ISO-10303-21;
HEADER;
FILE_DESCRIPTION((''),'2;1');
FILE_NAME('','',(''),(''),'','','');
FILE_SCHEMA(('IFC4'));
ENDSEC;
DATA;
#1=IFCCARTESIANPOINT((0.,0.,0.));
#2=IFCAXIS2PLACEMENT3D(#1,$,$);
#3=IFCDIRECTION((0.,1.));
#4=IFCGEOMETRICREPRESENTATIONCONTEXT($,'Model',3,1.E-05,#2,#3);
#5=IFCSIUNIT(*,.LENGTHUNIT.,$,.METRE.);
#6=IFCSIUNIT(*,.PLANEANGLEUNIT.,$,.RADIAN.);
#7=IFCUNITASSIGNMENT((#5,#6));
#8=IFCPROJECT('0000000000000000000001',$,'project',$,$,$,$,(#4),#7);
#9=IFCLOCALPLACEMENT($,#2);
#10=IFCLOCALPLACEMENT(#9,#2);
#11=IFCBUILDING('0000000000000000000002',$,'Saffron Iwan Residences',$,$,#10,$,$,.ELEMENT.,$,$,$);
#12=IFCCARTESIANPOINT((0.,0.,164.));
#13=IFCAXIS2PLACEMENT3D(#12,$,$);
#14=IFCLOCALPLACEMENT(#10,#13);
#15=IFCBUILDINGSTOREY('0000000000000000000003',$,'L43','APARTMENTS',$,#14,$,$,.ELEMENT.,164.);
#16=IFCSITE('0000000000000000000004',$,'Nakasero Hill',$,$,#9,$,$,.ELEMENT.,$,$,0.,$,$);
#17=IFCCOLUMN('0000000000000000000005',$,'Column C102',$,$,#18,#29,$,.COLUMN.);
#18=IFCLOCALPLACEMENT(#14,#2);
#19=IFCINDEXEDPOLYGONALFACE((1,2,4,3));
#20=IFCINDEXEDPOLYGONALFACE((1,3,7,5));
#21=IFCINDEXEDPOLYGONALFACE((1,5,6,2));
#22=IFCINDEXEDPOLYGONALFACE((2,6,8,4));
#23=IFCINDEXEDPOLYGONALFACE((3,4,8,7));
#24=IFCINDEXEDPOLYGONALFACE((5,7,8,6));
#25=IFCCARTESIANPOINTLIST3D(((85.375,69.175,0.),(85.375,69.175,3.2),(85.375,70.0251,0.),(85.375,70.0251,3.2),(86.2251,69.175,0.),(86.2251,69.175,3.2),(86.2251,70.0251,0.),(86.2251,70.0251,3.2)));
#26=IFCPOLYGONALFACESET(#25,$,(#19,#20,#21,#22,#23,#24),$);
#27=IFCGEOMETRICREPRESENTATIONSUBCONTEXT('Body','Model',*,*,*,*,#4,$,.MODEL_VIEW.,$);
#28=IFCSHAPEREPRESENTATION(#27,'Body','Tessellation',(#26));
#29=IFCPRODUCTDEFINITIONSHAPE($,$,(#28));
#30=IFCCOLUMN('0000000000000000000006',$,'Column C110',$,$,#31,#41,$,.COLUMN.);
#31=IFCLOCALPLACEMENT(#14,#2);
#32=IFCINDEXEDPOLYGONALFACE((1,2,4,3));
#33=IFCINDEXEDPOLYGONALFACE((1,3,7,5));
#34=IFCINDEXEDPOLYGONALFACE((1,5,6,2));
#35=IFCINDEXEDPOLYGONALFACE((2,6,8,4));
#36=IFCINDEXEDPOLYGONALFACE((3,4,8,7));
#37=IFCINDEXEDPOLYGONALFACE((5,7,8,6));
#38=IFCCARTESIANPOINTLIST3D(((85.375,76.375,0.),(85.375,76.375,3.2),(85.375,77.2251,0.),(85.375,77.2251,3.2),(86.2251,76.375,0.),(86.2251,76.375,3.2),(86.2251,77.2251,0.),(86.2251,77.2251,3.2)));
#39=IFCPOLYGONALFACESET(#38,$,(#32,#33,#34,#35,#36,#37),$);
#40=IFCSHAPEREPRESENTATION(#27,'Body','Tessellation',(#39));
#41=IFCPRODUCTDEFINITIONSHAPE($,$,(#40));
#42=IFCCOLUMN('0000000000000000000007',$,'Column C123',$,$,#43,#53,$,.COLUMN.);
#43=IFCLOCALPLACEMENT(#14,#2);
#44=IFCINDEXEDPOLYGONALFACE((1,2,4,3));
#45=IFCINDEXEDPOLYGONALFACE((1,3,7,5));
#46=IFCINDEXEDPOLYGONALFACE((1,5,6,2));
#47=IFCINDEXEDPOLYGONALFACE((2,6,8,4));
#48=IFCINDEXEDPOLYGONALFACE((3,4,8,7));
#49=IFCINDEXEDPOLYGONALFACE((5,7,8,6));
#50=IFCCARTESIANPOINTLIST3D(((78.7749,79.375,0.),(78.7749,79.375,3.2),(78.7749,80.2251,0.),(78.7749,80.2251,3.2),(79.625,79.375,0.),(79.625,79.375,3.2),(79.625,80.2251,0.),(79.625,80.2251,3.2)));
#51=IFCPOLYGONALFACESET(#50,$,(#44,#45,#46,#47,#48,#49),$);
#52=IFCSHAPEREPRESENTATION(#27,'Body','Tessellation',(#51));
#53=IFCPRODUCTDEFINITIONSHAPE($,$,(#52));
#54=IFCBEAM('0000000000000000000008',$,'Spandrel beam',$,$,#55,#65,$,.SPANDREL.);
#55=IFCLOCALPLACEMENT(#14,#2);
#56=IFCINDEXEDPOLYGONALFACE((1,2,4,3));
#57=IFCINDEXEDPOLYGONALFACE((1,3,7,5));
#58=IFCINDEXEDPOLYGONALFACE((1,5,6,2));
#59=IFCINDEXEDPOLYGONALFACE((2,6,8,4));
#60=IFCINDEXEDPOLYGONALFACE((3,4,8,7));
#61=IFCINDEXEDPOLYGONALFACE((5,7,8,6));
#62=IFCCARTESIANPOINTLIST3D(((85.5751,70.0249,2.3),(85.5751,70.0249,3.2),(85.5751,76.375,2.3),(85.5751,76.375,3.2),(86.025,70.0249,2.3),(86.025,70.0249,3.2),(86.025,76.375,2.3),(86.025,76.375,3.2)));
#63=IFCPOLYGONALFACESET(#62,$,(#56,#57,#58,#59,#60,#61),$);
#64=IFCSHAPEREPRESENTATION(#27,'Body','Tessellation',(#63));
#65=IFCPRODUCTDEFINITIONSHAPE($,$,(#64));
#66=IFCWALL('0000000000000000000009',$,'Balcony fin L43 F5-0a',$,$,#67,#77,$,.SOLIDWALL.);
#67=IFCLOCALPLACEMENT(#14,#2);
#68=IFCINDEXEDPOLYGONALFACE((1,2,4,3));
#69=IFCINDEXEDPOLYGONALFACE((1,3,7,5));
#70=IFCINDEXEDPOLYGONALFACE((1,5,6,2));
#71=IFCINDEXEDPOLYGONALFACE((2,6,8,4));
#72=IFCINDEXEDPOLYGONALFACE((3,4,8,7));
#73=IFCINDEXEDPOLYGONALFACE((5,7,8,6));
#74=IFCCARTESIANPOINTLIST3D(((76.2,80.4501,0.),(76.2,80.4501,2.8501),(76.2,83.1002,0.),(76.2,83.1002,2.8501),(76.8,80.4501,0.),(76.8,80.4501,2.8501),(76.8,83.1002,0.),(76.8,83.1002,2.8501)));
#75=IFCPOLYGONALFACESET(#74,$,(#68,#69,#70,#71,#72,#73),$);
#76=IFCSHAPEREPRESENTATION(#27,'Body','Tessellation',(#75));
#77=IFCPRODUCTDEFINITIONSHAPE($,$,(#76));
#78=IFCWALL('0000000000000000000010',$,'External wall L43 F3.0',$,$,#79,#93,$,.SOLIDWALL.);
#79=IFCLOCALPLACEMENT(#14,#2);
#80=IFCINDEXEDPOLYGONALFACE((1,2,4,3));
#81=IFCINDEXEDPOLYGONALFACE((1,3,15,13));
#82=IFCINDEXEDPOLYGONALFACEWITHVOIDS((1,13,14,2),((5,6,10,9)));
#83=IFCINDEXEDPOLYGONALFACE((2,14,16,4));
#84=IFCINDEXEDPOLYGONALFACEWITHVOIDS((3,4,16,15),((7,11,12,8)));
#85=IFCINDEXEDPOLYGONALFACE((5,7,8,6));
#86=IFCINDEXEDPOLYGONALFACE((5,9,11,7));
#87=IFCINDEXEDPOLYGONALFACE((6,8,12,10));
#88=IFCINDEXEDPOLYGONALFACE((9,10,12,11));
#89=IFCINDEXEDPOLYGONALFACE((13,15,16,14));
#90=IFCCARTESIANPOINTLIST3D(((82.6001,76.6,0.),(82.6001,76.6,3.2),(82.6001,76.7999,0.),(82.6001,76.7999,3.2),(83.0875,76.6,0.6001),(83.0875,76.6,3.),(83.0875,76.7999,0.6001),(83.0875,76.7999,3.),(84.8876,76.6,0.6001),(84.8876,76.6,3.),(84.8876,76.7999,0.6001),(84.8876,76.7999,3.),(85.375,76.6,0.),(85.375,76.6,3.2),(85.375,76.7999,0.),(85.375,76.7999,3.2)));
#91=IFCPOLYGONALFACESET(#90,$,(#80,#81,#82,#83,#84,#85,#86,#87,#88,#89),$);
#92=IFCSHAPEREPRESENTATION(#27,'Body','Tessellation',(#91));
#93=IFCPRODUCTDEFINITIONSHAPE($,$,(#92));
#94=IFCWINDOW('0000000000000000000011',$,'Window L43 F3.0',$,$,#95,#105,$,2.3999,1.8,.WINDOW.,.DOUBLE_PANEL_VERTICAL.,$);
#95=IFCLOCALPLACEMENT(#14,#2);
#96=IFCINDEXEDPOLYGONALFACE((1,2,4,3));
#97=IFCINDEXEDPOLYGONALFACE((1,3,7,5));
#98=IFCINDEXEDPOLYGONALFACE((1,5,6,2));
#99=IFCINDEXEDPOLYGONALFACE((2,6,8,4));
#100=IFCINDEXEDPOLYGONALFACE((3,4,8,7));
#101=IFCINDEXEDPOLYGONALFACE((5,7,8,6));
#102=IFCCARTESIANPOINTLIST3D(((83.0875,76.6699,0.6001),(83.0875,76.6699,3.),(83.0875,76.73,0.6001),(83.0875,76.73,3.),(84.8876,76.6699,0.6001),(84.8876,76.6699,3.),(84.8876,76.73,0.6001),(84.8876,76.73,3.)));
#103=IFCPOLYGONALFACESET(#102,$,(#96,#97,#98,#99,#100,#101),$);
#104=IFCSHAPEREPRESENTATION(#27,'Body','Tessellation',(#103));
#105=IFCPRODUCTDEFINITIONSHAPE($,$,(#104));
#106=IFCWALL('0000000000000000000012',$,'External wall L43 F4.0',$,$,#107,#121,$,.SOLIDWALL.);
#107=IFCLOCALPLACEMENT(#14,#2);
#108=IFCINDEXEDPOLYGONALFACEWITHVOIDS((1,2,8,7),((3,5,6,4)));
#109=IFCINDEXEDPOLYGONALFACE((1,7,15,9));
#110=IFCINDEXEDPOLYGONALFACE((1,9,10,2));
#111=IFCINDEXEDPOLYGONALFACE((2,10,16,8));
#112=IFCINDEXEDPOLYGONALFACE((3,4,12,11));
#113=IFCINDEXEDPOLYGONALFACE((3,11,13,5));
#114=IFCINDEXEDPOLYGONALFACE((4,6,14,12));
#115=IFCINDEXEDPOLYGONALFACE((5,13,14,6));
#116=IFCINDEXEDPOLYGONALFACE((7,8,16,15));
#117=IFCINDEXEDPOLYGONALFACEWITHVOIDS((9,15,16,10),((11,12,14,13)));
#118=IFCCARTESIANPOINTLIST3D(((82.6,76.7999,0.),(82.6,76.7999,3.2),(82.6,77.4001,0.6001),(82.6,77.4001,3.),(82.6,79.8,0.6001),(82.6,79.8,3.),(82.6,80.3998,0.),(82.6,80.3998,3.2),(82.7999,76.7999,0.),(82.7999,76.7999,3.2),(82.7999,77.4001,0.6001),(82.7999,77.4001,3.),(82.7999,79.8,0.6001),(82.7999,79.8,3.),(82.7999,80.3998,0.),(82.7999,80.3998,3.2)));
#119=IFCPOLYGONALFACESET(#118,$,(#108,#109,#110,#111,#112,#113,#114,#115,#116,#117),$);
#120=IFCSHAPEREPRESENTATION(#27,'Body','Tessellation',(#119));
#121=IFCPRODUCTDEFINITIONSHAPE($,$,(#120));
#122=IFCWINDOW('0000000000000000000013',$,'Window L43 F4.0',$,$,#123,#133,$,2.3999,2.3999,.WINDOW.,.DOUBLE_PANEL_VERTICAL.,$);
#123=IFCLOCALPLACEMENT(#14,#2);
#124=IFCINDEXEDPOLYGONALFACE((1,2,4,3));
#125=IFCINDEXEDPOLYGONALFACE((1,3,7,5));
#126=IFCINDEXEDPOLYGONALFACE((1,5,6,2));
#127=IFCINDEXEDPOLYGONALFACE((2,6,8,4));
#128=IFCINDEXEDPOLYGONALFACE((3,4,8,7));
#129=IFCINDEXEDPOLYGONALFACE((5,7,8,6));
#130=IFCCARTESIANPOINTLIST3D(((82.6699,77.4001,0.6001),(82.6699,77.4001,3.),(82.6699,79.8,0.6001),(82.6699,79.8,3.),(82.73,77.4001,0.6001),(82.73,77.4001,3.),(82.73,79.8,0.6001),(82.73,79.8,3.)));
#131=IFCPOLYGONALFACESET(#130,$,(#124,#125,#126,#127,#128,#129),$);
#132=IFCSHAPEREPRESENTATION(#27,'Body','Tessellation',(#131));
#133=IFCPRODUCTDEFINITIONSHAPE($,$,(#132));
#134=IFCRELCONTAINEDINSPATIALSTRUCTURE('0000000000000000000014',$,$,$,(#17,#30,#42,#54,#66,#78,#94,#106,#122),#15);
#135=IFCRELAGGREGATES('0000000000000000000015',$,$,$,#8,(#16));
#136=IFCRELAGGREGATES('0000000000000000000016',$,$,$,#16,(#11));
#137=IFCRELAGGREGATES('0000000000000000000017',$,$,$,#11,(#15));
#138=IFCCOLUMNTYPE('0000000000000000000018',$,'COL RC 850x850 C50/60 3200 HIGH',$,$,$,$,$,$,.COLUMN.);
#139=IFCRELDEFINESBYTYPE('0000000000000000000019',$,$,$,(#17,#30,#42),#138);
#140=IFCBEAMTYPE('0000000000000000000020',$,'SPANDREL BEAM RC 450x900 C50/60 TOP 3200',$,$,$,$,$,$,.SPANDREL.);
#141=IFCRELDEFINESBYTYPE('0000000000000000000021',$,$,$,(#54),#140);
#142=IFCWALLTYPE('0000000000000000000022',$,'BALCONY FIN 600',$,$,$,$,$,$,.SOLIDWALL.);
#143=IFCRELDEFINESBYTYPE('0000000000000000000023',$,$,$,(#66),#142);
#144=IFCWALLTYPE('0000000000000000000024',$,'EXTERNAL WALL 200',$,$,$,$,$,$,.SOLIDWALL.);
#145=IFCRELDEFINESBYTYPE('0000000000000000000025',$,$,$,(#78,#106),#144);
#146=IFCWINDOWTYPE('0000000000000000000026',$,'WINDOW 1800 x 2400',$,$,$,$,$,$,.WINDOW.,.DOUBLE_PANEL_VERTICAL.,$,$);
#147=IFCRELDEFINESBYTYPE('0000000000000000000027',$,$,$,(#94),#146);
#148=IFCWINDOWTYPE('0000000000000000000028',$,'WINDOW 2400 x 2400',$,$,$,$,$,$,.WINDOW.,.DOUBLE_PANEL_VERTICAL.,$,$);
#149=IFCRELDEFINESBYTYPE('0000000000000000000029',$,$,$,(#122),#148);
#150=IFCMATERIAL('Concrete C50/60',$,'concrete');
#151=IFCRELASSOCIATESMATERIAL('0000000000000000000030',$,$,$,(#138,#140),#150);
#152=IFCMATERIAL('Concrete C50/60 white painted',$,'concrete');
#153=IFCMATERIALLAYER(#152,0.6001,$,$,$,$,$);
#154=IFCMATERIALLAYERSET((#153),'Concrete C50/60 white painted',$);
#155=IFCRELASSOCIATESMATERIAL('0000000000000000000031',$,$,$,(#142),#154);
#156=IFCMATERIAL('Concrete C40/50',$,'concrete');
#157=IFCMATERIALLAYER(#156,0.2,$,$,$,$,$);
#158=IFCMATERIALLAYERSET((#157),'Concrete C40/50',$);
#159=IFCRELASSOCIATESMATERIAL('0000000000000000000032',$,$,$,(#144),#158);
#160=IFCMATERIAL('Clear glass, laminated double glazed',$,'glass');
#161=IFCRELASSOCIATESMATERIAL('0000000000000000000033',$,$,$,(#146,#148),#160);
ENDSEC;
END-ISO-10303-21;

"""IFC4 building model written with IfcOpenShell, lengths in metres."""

from ifc_helpers import new_model, si_unit, direction, frame, frame_2d, origin, origin_2d, place, context, subcontext, project, spatial, rectangle, extrude, source, transform, mapped, material, layer, layer_set, material_profile, profile_set, type_object, element, fill, save


model = new_model("IFC4")

# Units and contexts
model_context = context("Model", 3, precision=1e-05, world=origin(), true_north=direction((0.0, 1.0)))
body_context = subcontext(model_context, "Body", "Model", "MODEL_VIEW")
ifc_project = project(units=[si_unit("LENGTHUNIT", "METRE"), si_unit("PLANEANGLEUNIT", "RADIAN")], contexts=[model_context])

# Site, building, storey
site_placement = place(None, origin())
site = spatial("IfcSite", under=ifc_project, at=site_placement, Name="Nakasero Hill", CompositionType="ELEMENT", RefElevation=0.0)
building_placement = place(site_placement, origin())
building = spatial("IfcBuilding", under=site, at=building_placement, Name="Saffron Iwan Residences", CompositionType="ELEMENT")
storey_placement = place(building_placement, frame((0.0, 0.0, 164.0)))
storey = spatial("IfcBuildingStorey", under=building, at=storey_placement, Name="L43", Description="APARTMENTS", CompositionType="ELEMENT", Elevation=164.0)

# Columns
ifc_material_1 = material(Name="Concrete C50/60", Category="concrete")
ifc_material_profile_1 = material_profile(ifc_material_1, rectangle(XDim=0.8501, YDim=0.8501, at=origin_2d()), Name="RC 850x850")
ifc_profile_set_1 = profile_set([ifc_material_profile_1], Name="Concrete C50/60")
column_type = type_object("IfcColumnType", Name="COL RC 850x850 C50/60 3200 HIGH", PredefinedType="COLUMN", material=ifc_profile_set_1)
shared_shape_1 = source(origin(), body_context, "Body", "SweptSolid", [
    extrude(rectangle(XDim=0.8501, YDim=0.8501, at=origin_2d()), origin(), (0.0, 0.0, 1.0), 3.2),
])
for number, where, z_axis, x_axis, name in (
    (1, (85.8, 69.6001, 0.0), (0.0, 0.0, 1.0), (1.0, 0.0, 0.0), "Column C102"),
    (2, (85.8, 76.8, 0.0), (0.0, 0.0, 1.0), (1.0, 0.0, 0.0), "Column C110"),
    (3, (79.2, 79.8, 0.0), (0.0, 0.0, 1.0), (1.0, 0.0, 0.0), "Column C123"),
):
    element("IfcColumn", number, at=place(storey_placement, frame(where, z_axis=z_axis, x_axis=x_axis)), inside=storey, type_object=column_type, Name=name, PredefinedType="COLUMN", context=body_context, shape_type="MappedRepresentation", body=[
        mapped(shared_shape_1, transform((0.0, 0.0, 0.0))),
    ])

# Beam
ifc_material_profile_2 = material_profile(ifc_material_1, rectangle(XDim=0.45, YDim=0.8999, at=origin_2d()), Name="RC 450x900")
ifc_profile_set_2 = profile_set([ifc_material_profile_2], Name="Concrete C50/60")
beam_type = type_object("IfcBeamType", Name="SPANDREL BEAM RC 450x900 C50/60 TOP 3200", PredefinedType="SPANDREL", material=ifc_profile_set_2)
shared_shape_2 = source(origin(), body_context, "Body", "SweptSolid", [
    extrude(rectangle(XDim=0.45, YDim=0.8999, at=origin_2d()), origin(), (0.0, 0.0, 1.0), 6.3501),
])
beam_placement = place(storey_placement, frame((85.8, 76.375, 2.75), z_axis=(0.0, -1.0, 0.0), x_axis=(1.0, 0.0, 0.0)))
element("IfcBeam", 4, at=beam_placement, inside=storey, type_object=beam_type, Name="Spandrel beam", PredefinedType="SPANDREL", context=body_context, shape_type="MappedRepresentation", body=[
    mapped(shared_shape_2, transform((0.0, 0.0, 0.0))),
])

# Wall
ifc_material_2 = material(Name="Concrete C50/60 white painted", Category="concrete")
ifc_layer_1 = layer(ifc_material_2, 0.6001)
ifc_layer_set_1 = layer_set([ifc_layer_1], Name="Concrete C50/60 white painted")
wall_type_1 = type_object("IfcWallType", Name="BALCONY FIN 600", PredefinedType="SOLIDWALL", material=ifc_layer_set_1)
wall_1_placement = place(storey_placement, frame((76.5, 80.45, 0.0), z_axis=(0.0, 0.0, 1.0), x_axis=(0.0, 1.0, 0.0)))
element("IfcWall", 5, at=wall_1_placement, inside=storey, type_object=wall_type_1, Name="Balcony fin L43 F5-0a", PredefinedType="SOLIDWALL", context=body_context, shape_type="SweptSolid", body=[
    extrude(rectangle(XDim=2.6501, YDim=0.6001, at=frame_2d((1.3252, 0.0))), origin(), (0.0, 0.0, 1.0), 2.8501),
])

# Walls, openings, windows
ifc_material_3 = material(Name="Concrete C40/50", Category="concrete")
ifc_layer_2 = layer(ifc_material_3, 0.2)
ifc_layer_set_2 = layer_set([ifc_layer_2], Name="Concrete C40/50")
wall_type_2 = type_object("IfcWallType", Name="EXTERNAL WALL 200", PredefinedType="SOLIDWALL", material=ifc_layer_set_2)
wall_2_placement = place(storey_placement, frame((85.375, 76.7, 0.0), z_axis=(0.0, 0.0, 1.0), x_axis=(-1.0, 0.0, 0.0)))
wall_2 = element("IfcWall", 6, at=wall_2_placement, inside=storey, type_object=wall_type_2, Name="External wall L43 F3.0", PredefinedType="SOLIDWALL", context=body_context, shape_type="SweptSolid", body=[
    extrude(rectangle(XDim=2.7749, YDim=0.2, at=frame_2d((1.3875, 0.0))), origin(), (0.0, 0.0, 1.0), 3.2),
])
opening_1_placement = place(wall_2_placement, frame((0.4875, 0.0, 0.6001)))
opening_1 = element("IfcOpeningElement", 7, at=opening_1_placement, cuts=wall_2, PredefinedType="OPENING", context=body_context, shape_type="SweptSolid", body=[
    extrude(rectangle(XDim=1.8, YDim=2.3999, at=frame_2d((0.8999, 1.2))), frame((0.0, 0.1099, 0.0), z_axis=(0.0, -1.0, 0.0), x_axis=(1.0, 0.0, 0.0)), (0.0, 0.0, 1.0), 0.22),
])
ifc_material_4 = material(Name="Clear glass, laminated double glazed", Category="glass")
window_type_1 = type_object("IfcWindowType", Name="WINDOW 1800 x 2400", PartitioningType="DOUBLE_PANEL_VERTICAL", PredefinedType="WINDOW", material=ifc_material_4)
window_1_placement = place(opening_1_placement, origin())
window_1 = element("IfcWindow", 8, at=window_1_placement, inside=storey, type_object=window_type_1, Name="Window L43 F3.0", OverallHeight=2.3999, OverallWidth=1.8, PartitioningType="DOUBLE_PANEL_VERTICAL", PredefinedType="WINDOW", context=body_context, shape_type="SweptSolid", body=[
    extrude(rectangle(XDim=1.8, YDim=2.3999, at=frame_2d((0.8999, 1.2))), frame((0.0, 0.03, 0.0), z_axis=(0.0, -1.0, 0.0), x_axis=(1.0, 0.0, 0.0)), (0.0, 0.0, 1.0), 0.0601),
])
fill(opening_1, window_1)
wall_3_placement = place(storey_placement, frame((82.7, 76.8, 0.0), z_axis=(0.0, 0.0, 1.0), x_axis=(0.0, 1.0, 0.0)))
wall_3 = element("IfcWall", 9, at=wall_3_placement, inside=storey, type_object=wall_type_2, Name="External wall L43 F4.0", PredefinedType="SOLIDWALL", context=body_context, shape_type="SweptSolid", body=[
    extrude(rectangle(XDim=3.5999, YDim=0.2, at=frame_2d((1.7998, 0.0))), origin(), (0.0, 0.0, 1.0), 3.2),
])
opening_2_placement = place(wall_3_placement, frame((0.6001, 0.0, 0.6001)))
opening_2 = element("IfcOpeningElement", 10, at=opening_2_placement, cuts=wall_3, PredefinedType="OPENING", context=body_context, shape_type="SweptSolid", body=[
    extrude(rectangle(XDim=2.3999, YDim=2.3999, at=frame_2d((1.2, 1.2))), frame((0.0, 0.1099, 0.0), z_axis=(0.0, -1.0, 0.0), x_axis=(1.0, 0.0, 0.0)), (0.0, 0.0, 1.0), 0.22),
])
window_type_2 = type_object("IfcWindowType", Name="WINDOW 2400 x 2400", PartitioningType="DOUBLE_PANEL_VERTICAL", PredefinedType="WINDOW", material=ifc_material_4)
window_2_placement = place(opening_2_placement, origin())
window_2 = element("IfcWindow", 11, at=window_2_placement, inside=storey, type_object=window_type_2, Name="Window L43 F4.0", OverallHeight=2.3999, OverallWidth=2.3999, PartitioningType="DOUBLE_PANEL_VERTICAL", PredefinedType="WINDOW", context=body_context, shape_type="SweptSolid", body=[
    extrude(rectangle(XDim=2.3999, YDim=2.3999, at=frame_2d((1.2, 1.2))), frame((0.0, 0.03, 0.0), z_axis=(0.0, -1.0, 0.0), x_axis=(1.0, 0.0, 0.0)), (0.0, 0.0, 1.0), 0.0601),
])
fill(opening_2, window_2)

save(model, "model.ifc")
